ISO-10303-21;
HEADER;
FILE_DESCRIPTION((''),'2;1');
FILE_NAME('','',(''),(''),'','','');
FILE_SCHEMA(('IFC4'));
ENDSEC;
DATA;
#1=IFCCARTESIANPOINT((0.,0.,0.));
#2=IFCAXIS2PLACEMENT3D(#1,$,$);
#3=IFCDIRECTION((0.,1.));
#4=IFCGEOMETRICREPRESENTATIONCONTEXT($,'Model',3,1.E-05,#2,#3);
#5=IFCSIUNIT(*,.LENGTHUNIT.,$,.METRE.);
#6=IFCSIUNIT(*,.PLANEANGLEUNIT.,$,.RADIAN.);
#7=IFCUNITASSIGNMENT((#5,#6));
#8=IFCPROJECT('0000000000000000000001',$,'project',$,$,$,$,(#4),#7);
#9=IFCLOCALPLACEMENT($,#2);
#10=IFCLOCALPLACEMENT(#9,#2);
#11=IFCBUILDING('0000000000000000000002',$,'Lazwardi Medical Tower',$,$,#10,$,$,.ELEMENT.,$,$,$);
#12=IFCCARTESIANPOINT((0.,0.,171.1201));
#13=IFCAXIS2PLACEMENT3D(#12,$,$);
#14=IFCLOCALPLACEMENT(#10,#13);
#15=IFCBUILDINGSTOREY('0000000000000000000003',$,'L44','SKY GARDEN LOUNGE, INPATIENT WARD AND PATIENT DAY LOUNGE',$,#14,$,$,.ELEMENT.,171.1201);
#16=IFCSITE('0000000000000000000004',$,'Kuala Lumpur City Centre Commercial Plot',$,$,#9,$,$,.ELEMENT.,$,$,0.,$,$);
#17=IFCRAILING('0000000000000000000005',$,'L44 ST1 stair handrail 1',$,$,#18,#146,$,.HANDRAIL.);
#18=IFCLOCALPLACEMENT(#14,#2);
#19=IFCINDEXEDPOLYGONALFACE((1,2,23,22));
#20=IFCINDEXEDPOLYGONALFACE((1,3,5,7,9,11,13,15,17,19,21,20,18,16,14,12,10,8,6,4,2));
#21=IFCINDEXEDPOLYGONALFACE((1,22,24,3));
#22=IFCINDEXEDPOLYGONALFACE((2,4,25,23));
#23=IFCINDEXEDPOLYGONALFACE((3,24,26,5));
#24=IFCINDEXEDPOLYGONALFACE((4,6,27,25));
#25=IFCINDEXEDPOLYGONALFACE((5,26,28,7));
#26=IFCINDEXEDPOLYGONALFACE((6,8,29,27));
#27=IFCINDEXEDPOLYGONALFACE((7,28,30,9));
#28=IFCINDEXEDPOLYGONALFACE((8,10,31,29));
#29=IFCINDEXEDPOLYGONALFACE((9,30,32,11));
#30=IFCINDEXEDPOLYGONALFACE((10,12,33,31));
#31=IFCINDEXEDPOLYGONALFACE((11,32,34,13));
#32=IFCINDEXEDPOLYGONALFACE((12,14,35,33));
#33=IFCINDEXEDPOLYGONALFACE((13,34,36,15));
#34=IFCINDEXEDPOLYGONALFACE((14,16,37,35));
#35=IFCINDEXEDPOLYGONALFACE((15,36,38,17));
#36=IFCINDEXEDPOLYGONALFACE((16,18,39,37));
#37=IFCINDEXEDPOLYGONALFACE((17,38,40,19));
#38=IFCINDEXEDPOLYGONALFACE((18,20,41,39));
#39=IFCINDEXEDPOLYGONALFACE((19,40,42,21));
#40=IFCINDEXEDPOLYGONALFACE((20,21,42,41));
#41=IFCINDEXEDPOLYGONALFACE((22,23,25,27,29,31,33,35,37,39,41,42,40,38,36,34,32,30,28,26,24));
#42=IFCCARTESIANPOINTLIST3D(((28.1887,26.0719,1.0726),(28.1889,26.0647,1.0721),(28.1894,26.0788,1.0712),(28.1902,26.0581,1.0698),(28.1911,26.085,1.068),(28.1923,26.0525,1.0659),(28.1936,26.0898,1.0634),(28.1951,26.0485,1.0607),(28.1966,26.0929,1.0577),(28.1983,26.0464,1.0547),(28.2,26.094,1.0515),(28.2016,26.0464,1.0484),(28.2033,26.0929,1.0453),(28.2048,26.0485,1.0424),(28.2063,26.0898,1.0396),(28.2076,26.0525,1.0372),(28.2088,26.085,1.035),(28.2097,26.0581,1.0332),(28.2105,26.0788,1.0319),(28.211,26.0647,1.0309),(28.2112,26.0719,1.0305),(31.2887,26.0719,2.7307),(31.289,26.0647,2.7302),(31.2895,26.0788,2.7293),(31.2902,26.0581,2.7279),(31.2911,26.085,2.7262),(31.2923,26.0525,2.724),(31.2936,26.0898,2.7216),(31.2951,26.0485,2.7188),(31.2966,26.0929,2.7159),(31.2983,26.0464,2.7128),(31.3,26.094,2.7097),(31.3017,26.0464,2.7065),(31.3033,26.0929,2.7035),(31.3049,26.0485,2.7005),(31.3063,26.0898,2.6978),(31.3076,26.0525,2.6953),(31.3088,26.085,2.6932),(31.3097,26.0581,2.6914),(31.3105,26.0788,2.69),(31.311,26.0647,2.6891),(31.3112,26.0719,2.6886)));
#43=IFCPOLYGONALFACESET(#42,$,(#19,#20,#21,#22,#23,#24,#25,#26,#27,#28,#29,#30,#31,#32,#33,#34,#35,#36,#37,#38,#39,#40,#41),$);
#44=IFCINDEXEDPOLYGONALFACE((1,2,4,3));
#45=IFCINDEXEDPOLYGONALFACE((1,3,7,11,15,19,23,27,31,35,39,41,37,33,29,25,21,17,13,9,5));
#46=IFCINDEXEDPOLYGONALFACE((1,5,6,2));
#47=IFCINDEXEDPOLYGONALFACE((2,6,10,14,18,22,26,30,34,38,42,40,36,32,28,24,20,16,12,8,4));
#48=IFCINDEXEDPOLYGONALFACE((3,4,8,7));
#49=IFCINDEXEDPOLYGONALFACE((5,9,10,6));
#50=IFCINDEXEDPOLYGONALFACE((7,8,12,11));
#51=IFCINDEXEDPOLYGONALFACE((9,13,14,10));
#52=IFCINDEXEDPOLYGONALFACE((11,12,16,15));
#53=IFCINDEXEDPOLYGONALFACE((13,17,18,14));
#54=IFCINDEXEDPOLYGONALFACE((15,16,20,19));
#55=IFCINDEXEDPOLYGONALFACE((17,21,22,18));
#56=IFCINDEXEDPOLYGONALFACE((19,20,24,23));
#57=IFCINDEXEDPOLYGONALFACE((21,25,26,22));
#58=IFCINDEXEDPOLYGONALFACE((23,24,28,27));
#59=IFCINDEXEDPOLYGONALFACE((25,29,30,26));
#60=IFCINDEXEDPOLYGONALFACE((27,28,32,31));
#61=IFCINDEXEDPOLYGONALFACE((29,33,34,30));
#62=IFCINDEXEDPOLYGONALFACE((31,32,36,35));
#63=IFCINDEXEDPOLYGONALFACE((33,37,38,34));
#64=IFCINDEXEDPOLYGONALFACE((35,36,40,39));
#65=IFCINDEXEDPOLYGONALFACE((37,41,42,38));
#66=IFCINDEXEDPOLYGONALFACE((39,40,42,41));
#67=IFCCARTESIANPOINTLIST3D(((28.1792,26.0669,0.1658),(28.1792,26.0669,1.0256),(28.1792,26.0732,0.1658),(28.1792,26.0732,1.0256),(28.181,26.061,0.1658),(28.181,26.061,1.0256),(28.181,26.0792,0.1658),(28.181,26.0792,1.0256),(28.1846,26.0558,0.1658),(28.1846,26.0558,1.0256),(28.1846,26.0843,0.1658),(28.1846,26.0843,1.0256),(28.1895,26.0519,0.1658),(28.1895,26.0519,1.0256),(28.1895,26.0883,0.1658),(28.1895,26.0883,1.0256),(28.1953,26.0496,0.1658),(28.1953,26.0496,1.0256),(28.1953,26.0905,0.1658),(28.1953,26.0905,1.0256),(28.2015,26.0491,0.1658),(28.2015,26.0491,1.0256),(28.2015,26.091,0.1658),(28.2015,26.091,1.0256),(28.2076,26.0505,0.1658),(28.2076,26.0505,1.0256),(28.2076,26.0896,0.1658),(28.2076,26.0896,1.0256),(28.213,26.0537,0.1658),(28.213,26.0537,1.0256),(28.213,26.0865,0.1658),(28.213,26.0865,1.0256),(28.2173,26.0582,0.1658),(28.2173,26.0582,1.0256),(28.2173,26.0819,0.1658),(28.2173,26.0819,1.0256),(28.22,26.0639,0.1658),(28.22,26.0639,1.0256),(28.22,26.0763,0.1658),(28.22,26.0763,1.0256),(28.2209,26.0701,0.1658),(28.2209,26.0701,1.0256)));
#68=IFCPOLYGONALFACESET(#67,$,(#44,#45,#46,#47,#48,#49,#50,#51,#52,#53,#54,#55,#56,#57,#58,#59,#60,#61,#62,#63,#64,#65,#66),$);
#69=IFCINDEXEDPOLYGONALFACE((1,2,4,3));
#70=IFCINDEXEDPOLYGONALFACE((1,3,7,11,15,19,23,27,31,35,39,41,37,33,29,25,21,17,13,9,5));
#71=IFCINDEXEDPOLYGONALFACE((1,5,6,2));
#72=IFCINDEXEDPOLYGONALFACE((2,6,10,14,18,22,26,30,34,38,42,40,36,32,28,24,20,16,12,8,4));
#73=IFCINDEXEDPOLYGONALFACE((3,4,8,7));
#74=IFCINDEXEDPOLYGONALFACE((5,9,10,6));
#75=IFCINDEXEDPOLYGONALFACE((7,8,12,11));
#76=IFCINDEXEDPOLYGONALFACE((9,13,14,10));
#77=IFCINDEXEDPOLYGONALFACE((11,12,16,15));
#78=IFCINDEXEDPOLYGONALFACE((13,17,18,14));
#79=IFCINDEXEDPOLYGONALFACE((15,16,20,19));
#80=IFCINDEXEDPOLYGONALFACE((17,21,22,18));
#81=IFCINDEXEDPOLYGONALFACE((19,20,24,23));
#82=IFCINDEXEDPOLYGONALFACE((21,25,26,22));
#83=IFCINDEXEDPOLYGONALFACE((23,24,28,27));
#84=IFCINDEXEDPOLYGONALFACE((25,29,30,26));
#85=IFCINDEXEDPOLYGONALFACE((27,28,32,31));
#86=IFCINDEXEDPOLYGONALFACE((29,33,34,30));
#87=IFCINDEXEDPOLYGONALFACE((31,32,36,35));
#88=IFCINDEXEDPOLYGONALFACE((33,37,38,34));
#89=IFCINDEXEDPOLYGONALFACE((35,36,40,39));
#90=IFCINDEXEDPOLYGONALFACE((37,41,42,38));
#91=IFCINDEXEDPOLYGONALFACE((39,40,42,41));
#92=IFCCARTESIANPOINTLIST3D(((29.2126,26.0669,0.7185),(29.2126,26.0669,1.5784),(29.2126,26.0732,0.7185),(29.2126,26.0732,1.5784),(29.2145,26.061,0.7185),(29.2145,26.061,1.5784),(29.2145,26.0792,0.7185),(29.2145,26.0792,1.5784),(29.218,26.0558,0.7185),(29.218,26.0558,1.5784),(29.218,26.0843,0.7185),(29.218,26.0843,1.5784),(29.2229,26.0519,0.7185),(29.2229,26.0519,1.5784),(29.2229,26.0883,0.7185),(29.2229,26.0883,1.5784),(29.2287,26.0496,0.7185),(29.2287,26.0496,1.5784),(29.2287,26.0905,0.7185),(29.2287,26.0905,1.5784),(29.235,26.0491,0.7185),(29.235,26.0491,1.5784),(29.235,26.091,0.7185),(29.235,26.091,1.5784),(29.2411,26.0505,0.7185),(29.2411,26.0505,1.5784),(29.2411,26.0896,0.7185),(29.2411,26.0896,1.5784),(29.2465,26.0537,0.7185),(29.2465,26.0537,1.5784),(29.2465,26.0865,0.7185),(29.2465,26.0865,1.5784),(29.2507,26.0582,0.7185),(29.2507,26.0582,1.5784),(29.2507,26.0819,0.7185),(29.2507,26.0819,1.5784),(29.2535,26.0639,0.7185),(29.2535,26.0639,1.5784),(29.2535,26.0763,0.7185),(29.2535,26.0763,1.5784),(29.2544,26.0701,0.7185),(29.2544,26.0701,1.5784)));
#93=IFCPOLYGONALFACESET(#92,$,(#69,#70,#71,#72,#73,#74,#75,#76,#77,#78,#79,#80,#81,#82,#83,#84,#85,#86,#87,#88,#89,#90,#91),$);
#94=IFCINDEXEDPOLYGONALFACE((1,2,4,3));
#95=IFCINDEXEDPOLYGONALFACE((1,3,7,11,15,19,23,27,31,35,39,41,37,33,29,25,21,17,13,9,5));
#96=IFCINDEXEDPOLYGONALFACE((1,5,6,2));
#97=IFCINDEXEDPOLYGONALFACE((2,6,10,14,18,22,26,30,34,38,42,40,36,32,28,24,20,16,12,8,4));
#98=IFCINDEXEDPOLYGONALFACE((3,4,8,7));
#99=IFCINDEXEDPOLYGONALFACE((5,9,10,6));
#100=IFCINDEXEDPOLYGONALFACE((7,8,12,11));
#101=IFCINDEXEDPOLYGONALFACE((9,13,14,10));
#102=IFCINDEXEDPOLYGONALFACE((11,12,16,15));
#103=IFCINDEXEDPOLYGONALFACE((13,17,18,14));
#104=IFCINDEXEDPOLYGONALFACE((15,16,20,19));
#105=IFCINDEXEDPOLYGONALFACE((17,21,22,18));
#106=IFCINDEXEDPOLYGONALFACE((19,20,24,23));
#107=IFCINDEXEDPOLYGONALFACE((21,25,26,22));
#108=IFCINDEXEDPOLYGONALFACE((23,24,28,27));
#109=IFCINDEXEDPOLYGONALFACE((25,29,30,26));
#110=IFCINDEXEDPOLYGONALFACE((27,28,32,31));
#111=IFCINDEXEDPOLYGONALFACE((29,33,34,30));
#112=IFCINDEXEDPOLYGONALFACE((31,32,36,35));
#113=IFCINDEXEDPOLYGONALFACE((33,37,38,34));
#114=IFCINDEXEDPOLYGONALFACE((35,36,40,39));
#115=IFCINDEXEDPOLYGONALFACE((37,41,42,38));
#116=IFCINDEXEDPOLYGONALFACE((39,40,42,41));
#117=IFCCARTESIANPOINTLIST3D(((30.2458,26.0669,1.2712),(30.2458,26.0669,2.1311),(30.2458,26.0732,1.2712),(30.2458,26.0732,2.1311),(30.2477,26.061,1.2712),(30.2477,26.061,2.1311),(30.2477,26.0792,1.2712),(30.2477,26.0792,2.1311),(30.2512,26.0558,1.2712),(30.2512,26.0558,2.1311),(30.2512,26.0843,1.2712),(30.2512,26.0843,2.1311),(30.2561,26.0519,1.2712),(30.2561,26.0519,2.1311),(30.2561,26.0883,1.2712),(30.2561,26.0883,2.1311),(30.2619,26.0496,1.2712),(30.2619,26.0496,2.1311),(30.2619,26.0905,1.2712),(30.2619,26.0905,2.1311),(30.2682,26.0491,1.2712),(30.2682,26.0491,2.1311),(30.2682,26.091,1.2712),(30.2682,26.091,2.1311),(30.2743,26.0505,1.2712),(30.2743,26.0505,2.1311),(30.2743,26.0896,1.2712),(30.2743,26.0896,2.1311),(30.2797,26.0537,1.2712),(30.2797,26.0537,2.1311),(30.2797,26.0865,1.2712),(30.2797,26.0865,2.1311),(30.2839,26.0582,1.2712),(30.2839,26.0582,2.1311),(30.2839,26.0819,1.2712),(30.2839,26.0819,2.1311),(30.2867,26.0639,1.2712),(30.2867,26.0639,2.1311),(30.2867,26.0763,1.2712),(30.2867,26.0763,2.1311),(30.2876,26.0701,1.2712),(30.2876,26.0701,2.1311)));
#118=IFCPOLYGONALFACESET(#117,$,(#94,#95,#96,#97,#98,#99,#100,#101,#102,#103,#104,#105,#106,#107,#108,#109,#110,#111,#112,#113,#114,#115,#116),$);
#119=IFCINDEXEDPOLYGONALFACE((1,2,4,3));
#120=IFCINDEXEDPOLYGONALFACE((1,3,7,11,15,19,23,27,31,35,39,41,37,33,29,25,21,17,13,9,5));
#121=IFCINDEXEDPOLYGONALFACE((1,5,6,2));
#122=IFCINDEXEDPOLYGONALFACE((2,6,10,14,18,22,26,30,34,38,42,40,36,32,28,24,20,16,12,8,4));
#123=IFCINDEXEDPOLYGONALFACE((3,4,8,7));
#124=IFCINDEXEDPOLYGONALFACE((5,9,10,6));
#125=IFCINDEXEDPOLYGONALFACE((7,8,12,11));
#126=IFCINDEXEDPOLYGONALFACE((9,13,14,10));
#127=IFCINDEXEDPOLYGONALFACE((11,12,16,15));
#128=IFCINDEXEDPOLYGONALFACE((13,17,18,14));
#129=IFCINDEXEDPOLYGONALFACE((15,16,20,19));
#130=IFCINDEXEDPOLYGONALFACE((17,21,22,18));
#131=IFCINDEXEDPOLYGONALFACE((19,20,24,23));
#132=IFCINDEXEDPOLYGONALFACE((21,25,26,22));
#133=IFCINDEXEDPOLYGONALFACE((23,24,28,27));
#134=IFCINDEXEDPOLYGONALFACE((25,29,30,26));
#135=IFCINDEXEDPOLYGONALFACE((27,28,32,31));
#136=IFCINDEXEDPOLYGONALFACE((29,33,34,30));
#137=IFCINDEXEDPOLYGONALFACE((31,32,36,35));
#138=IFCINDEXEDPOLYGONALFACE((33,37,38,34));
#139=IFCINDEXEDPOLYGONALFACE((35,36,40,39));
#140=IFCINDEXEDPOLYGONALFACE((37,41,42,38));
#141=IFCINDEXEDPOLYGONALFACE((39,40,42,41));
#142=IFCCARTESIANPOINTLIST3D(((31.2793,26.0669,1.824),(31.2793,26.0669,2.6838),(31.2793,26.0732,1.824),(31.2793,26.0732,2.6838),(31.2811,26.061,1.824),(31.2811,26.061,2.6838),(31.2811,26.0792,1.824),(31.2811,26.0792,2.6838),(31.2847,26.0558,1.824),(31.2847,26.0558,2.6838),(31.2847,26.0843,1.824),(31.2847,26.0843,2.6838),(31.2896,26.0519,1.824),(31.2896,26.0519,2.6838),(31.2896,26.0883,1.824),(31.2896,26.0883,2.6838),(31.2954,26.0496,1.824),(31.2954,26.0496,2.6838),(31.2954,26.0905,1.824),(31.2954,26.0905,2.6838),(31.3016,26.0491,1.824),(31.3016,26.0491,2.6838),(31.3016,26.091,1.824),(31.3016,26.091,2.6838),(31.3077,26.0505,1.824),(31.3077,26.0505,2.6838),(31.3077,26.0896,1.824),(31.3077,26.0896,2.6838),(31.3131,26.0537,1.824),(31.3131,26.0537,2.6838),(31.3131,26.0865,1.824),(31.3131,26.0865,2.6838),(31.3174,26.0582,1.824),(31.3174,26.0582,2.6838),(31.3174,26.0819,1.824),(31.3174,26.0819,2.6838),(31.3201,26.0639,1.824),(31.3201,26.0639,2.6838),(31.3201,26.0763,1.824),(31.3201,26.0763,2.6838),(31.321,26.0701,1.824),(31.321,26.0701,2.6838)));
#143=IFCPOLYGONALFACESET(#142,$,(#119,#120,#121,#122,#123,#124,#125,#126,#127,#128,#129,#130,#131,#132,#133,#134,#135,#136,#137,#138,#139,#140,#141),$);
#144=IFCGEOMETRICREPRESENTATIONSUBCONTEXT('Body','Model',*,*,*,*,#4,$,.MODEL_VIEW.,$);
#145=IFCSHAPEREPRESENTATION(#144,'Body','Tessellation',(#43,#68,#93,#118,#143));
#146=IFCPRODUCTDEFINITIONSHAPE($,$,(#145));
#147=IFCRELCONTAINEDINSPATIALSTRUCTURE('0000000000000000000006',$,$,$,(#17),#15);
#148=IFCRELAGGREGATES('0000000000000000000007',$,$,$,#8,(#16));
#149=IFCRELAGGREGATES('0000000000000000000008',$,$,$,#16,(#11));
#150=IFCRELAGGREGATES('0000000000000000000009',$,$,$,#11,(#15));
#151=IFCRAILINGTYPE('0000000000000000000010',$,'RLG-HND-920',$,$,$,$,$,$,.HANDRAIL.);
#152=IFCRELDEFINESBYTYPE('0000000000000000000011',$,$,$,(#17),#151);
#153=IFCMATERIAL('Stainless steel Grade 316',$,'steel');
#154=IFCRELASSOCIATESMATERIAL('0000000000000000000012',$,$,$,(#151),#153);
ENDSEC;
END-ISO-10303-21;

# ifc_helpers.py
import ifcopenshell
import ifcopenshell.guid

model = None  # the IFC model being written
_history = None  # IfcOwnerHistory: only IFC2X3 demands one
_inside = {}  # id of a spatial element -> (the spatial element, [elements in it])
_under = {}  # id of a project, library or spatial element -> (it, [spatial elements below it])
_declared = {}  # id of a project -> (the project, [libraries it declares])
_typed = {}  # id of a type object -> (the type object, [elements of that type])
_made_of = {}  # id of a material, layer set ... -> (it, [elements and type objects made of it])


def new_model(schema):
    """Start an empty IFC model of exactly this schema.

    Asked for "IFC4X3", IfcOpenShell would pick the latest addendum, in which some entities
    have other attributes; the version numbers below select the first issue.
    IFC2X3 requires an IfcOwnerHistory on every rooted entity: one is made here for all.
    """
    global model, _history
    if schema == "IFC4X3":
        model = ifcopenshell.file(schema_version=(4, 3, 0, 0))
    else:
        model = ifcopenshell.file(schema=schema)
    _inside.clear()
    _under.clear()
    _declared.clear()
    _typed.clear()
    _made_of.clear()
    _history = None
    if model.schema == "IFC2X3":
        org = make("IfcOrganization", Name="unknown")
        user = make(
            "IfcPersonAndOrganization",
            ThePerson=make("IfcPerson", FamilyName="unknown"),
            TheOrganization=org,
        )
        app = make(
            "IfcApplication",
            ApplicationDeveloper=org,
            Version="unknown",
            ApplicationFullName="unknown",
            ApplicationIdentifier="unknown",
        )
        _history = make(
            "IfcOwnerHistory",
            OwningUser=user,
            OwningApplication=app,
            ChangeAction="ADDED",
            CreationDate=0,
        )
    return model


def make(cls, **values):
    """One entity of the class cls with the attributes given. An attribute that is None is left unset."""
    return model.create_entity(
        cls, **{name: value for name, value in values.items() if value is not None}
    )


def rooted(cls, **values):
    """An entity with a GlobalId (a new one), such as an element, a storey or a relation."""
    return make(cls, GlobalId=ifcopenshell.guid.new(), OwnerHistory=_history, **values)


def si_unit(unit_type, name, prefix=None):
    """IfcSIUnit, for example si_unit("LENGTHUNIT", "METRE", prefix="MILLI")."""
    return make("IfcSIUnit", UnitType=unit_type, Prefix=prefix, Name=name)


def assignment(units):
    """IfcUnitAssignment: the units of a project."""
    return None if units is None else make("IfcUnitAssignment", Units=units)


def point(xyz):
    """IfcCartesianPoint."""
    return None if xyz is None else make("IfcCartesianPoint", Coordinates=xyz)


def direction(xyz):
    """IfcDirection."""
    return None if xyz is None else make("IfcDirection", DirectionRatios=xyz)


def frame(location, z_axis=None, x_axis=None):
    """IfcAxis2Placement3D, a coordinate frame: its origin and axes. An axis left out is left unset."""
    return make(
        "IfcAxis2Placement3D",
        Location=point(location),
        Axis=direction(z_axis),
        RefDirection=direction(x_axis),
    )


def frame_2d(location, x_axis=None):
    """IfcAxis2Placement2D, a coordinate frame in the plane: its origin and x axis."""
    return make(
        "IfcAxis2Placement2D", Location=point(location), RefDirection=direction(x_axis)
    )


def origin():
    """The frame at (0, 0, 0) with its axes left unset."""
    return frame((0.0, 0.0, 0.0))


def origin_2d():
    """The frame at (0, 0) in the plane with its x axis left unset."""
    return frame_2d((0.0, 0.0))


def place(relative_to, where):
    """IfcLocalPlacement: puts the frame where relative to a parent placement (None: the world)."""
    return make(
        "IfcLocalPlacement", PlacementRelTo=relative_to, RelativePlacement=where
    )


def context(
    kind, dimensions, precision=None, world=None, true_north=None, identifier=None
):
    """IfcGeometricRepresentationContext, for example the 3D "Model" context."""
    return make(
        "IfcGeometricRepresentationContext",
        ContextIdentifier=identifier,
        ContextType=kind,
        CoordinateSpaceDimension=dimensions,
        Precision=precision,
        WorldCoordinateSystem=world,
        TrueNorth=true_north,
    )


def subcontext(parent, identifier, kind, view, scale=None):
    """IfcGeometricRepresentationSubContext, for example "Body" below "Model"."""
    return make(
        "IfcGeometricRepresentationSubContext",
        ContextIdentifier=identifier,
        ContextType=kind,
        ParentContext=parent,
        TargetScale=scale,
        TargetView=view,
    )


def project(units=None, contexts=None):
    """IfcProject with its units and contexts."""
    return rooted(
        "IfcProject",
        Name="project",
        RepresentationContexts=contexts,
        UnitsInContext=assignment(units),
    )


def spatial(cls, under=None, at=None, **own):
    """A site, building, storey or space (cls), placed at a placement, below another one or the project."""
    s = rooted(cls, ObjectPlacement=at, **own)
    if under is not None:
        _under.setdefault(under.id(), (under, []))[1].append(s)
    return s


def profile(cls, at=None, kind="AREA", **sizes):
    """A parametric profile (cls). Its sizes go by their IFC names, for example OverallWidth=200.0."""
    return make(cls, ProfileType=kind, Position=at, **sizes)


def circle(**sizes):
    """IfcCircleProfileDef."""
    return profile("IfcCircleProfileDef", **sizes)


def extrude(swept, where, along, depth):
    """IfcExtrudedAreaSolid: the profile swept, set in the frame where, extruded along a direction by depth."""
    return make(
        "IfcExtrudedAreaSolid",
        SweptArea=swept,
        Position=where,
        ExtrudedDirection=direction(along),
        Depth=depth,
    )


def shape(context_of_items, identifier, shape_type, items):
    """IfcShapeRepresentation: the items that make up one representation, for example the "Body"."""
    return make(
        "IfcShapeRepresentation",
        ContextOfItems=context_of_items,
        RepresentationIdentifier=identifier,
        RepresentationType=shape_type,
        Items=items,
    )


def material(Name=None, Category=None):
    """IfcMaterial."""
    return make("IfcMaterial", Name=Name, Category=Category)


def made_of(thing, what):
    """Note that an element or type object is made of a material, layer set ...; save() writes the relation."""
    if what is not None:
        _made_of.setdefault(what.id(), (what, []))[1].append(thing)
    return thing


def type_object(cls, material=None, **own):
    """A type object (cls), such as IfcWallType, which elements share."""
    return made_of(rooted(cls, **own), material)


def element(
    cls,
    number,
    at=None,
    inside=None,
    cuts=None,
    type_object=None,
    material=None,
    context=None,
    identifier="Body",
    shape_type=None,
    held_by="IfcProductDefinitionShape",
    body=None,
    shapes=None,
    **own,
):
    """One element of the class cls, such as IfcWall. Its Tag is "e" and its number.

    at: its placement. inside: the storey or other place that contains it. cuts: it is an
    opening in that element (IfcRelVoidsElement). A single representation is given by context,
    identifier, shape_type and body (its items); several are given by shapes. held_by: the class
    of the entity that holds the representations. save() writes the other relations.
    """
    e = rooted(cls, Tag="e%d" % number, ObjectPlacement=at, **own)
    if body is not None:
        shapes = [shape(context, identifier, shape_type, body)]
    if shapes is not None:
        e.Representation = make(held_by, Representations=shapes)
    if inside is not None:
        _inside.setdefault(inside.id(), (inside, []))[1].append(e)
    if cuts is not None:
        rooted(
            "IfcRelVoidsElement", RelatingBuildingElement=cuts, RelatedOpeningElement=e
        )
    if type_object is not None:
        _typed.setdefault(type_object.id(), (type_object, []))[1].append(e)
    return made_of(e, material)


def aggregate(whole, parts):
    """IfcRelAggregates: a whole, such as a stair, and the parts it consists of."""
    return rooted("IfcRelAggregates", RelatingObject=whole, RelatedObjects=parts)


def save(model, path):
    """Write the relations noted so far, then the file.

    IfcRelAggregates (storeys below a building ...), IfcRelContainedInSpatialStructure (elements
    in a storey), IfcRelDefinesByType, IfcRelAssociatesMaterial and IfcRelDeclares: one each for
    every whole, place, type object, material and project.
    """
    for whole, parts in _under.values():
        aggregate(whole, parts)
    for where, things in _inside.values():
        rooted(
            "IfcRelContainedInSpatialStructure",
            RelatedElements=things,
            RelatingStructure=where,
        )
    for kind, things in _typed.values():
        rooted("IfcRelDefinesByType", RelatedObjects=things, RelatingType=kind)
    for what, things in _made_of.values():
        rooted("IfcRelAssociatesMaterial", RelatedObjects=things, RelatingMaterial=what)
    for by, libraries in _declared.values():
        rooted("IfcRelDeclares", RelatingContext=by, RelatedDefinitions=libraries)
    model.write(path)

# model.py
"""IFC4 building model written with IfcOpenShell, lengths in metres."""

from ifc_helpers import new_model, si_unit, direction, frame, origin, origin_2d, place, context, subcontext, project, spatial, circle, extrude, material, type_object, element, save


model = new_model("IFC4")

# Units and contexts
model_context = context("Model", 3, precision=1e-05, world=origin(), true_north=direction((0.0, 1.0)))
body_context = subcontext(model_context, "Body", "Model", "MODEL_VIEW")
ifc_project = project(units=[si_unit("LENGTHUNIT", "METRE"), si_unit("PLANEANGLEUNIT", "RADIAN")], contexts=[model_context])

# Site, building, storey
site_placement = place(None, origin())
site = spatial("IfcSite", under=ifc_project, at=site_placement, Name="Kuala Lumpur City Centre Commercial Plot", CompositionType="ELEMENT", RefElevation=0.0)
building_placement = place(site_placement, origin())
building = spatial("IfcBuilding", under=site, at=building_placement, Name="Lazwardi Medical Tower", CompositionType="ELEMENT")
storey_placement = place(building_placement, frame((0.0, 0.0, 171.1201)))
storey = spatial("IfcBuildingStorey", under=building, at=storey_placement, Name="L44", Description="SKY GARDEN LOUNGE, INPATIENT WARD AND PATIENT DAY LOUNGE", CompositionType="ELEMENT", Elevation=171.1201)

# Railing
ifc_material_1 = material(Name="Stainless steel Grade 316", Category="steel")
railing_type_1 = type_object("IfcRailingType", Name="RLG-HND-920", PredefinedType="HANDRAIL", material=ifc_material_1)
railing_1_placement = place(storey_placement, frame((28.2, 26.0701, 0.1658)))
element("IfcRailing", 1, at=railing_1_placement, inside=storey, type_object=railing_type_1, Name="L44 ST1 stair handrail 1", PredefinedType="HANDRAIL", context=body_context, shape_type="SweptSolid", body=[
    extrude(circle(Radius=0.0239, at=origin_2d()), frame((0.0, 0.0, 0.8857), z_axis=(0.881783, 0.0, 0.471655), x_axis=(0.0, 1.0, 0.0)), (0.0, 0.0, 1.0), 3.5156),
    extrude(circle(Radius=0.021, at=origin_2d()), origin(), (0.0, 0.0, 1.0), 0.8599),
    extrude(circle(Radius=0.021, at=origin_2d()), frame((1.0334, 0.0, 0.5527)), (0.0, 0.0, 1.0), 0.8599),
    extrude(circle(Radius=0.021, at=origin_2d()), frame((2.0667, 0.0, 1.1055)), (0.0, 0.0, 1.0), 0.8599),
    extrude(circle(Radius=0.021, at=origin_2d()), frame((3.1001, 0.0, 1.6582)), (0.0, 0.0, 1.0), 0.8599),
])

save(model, "model.ifc")
